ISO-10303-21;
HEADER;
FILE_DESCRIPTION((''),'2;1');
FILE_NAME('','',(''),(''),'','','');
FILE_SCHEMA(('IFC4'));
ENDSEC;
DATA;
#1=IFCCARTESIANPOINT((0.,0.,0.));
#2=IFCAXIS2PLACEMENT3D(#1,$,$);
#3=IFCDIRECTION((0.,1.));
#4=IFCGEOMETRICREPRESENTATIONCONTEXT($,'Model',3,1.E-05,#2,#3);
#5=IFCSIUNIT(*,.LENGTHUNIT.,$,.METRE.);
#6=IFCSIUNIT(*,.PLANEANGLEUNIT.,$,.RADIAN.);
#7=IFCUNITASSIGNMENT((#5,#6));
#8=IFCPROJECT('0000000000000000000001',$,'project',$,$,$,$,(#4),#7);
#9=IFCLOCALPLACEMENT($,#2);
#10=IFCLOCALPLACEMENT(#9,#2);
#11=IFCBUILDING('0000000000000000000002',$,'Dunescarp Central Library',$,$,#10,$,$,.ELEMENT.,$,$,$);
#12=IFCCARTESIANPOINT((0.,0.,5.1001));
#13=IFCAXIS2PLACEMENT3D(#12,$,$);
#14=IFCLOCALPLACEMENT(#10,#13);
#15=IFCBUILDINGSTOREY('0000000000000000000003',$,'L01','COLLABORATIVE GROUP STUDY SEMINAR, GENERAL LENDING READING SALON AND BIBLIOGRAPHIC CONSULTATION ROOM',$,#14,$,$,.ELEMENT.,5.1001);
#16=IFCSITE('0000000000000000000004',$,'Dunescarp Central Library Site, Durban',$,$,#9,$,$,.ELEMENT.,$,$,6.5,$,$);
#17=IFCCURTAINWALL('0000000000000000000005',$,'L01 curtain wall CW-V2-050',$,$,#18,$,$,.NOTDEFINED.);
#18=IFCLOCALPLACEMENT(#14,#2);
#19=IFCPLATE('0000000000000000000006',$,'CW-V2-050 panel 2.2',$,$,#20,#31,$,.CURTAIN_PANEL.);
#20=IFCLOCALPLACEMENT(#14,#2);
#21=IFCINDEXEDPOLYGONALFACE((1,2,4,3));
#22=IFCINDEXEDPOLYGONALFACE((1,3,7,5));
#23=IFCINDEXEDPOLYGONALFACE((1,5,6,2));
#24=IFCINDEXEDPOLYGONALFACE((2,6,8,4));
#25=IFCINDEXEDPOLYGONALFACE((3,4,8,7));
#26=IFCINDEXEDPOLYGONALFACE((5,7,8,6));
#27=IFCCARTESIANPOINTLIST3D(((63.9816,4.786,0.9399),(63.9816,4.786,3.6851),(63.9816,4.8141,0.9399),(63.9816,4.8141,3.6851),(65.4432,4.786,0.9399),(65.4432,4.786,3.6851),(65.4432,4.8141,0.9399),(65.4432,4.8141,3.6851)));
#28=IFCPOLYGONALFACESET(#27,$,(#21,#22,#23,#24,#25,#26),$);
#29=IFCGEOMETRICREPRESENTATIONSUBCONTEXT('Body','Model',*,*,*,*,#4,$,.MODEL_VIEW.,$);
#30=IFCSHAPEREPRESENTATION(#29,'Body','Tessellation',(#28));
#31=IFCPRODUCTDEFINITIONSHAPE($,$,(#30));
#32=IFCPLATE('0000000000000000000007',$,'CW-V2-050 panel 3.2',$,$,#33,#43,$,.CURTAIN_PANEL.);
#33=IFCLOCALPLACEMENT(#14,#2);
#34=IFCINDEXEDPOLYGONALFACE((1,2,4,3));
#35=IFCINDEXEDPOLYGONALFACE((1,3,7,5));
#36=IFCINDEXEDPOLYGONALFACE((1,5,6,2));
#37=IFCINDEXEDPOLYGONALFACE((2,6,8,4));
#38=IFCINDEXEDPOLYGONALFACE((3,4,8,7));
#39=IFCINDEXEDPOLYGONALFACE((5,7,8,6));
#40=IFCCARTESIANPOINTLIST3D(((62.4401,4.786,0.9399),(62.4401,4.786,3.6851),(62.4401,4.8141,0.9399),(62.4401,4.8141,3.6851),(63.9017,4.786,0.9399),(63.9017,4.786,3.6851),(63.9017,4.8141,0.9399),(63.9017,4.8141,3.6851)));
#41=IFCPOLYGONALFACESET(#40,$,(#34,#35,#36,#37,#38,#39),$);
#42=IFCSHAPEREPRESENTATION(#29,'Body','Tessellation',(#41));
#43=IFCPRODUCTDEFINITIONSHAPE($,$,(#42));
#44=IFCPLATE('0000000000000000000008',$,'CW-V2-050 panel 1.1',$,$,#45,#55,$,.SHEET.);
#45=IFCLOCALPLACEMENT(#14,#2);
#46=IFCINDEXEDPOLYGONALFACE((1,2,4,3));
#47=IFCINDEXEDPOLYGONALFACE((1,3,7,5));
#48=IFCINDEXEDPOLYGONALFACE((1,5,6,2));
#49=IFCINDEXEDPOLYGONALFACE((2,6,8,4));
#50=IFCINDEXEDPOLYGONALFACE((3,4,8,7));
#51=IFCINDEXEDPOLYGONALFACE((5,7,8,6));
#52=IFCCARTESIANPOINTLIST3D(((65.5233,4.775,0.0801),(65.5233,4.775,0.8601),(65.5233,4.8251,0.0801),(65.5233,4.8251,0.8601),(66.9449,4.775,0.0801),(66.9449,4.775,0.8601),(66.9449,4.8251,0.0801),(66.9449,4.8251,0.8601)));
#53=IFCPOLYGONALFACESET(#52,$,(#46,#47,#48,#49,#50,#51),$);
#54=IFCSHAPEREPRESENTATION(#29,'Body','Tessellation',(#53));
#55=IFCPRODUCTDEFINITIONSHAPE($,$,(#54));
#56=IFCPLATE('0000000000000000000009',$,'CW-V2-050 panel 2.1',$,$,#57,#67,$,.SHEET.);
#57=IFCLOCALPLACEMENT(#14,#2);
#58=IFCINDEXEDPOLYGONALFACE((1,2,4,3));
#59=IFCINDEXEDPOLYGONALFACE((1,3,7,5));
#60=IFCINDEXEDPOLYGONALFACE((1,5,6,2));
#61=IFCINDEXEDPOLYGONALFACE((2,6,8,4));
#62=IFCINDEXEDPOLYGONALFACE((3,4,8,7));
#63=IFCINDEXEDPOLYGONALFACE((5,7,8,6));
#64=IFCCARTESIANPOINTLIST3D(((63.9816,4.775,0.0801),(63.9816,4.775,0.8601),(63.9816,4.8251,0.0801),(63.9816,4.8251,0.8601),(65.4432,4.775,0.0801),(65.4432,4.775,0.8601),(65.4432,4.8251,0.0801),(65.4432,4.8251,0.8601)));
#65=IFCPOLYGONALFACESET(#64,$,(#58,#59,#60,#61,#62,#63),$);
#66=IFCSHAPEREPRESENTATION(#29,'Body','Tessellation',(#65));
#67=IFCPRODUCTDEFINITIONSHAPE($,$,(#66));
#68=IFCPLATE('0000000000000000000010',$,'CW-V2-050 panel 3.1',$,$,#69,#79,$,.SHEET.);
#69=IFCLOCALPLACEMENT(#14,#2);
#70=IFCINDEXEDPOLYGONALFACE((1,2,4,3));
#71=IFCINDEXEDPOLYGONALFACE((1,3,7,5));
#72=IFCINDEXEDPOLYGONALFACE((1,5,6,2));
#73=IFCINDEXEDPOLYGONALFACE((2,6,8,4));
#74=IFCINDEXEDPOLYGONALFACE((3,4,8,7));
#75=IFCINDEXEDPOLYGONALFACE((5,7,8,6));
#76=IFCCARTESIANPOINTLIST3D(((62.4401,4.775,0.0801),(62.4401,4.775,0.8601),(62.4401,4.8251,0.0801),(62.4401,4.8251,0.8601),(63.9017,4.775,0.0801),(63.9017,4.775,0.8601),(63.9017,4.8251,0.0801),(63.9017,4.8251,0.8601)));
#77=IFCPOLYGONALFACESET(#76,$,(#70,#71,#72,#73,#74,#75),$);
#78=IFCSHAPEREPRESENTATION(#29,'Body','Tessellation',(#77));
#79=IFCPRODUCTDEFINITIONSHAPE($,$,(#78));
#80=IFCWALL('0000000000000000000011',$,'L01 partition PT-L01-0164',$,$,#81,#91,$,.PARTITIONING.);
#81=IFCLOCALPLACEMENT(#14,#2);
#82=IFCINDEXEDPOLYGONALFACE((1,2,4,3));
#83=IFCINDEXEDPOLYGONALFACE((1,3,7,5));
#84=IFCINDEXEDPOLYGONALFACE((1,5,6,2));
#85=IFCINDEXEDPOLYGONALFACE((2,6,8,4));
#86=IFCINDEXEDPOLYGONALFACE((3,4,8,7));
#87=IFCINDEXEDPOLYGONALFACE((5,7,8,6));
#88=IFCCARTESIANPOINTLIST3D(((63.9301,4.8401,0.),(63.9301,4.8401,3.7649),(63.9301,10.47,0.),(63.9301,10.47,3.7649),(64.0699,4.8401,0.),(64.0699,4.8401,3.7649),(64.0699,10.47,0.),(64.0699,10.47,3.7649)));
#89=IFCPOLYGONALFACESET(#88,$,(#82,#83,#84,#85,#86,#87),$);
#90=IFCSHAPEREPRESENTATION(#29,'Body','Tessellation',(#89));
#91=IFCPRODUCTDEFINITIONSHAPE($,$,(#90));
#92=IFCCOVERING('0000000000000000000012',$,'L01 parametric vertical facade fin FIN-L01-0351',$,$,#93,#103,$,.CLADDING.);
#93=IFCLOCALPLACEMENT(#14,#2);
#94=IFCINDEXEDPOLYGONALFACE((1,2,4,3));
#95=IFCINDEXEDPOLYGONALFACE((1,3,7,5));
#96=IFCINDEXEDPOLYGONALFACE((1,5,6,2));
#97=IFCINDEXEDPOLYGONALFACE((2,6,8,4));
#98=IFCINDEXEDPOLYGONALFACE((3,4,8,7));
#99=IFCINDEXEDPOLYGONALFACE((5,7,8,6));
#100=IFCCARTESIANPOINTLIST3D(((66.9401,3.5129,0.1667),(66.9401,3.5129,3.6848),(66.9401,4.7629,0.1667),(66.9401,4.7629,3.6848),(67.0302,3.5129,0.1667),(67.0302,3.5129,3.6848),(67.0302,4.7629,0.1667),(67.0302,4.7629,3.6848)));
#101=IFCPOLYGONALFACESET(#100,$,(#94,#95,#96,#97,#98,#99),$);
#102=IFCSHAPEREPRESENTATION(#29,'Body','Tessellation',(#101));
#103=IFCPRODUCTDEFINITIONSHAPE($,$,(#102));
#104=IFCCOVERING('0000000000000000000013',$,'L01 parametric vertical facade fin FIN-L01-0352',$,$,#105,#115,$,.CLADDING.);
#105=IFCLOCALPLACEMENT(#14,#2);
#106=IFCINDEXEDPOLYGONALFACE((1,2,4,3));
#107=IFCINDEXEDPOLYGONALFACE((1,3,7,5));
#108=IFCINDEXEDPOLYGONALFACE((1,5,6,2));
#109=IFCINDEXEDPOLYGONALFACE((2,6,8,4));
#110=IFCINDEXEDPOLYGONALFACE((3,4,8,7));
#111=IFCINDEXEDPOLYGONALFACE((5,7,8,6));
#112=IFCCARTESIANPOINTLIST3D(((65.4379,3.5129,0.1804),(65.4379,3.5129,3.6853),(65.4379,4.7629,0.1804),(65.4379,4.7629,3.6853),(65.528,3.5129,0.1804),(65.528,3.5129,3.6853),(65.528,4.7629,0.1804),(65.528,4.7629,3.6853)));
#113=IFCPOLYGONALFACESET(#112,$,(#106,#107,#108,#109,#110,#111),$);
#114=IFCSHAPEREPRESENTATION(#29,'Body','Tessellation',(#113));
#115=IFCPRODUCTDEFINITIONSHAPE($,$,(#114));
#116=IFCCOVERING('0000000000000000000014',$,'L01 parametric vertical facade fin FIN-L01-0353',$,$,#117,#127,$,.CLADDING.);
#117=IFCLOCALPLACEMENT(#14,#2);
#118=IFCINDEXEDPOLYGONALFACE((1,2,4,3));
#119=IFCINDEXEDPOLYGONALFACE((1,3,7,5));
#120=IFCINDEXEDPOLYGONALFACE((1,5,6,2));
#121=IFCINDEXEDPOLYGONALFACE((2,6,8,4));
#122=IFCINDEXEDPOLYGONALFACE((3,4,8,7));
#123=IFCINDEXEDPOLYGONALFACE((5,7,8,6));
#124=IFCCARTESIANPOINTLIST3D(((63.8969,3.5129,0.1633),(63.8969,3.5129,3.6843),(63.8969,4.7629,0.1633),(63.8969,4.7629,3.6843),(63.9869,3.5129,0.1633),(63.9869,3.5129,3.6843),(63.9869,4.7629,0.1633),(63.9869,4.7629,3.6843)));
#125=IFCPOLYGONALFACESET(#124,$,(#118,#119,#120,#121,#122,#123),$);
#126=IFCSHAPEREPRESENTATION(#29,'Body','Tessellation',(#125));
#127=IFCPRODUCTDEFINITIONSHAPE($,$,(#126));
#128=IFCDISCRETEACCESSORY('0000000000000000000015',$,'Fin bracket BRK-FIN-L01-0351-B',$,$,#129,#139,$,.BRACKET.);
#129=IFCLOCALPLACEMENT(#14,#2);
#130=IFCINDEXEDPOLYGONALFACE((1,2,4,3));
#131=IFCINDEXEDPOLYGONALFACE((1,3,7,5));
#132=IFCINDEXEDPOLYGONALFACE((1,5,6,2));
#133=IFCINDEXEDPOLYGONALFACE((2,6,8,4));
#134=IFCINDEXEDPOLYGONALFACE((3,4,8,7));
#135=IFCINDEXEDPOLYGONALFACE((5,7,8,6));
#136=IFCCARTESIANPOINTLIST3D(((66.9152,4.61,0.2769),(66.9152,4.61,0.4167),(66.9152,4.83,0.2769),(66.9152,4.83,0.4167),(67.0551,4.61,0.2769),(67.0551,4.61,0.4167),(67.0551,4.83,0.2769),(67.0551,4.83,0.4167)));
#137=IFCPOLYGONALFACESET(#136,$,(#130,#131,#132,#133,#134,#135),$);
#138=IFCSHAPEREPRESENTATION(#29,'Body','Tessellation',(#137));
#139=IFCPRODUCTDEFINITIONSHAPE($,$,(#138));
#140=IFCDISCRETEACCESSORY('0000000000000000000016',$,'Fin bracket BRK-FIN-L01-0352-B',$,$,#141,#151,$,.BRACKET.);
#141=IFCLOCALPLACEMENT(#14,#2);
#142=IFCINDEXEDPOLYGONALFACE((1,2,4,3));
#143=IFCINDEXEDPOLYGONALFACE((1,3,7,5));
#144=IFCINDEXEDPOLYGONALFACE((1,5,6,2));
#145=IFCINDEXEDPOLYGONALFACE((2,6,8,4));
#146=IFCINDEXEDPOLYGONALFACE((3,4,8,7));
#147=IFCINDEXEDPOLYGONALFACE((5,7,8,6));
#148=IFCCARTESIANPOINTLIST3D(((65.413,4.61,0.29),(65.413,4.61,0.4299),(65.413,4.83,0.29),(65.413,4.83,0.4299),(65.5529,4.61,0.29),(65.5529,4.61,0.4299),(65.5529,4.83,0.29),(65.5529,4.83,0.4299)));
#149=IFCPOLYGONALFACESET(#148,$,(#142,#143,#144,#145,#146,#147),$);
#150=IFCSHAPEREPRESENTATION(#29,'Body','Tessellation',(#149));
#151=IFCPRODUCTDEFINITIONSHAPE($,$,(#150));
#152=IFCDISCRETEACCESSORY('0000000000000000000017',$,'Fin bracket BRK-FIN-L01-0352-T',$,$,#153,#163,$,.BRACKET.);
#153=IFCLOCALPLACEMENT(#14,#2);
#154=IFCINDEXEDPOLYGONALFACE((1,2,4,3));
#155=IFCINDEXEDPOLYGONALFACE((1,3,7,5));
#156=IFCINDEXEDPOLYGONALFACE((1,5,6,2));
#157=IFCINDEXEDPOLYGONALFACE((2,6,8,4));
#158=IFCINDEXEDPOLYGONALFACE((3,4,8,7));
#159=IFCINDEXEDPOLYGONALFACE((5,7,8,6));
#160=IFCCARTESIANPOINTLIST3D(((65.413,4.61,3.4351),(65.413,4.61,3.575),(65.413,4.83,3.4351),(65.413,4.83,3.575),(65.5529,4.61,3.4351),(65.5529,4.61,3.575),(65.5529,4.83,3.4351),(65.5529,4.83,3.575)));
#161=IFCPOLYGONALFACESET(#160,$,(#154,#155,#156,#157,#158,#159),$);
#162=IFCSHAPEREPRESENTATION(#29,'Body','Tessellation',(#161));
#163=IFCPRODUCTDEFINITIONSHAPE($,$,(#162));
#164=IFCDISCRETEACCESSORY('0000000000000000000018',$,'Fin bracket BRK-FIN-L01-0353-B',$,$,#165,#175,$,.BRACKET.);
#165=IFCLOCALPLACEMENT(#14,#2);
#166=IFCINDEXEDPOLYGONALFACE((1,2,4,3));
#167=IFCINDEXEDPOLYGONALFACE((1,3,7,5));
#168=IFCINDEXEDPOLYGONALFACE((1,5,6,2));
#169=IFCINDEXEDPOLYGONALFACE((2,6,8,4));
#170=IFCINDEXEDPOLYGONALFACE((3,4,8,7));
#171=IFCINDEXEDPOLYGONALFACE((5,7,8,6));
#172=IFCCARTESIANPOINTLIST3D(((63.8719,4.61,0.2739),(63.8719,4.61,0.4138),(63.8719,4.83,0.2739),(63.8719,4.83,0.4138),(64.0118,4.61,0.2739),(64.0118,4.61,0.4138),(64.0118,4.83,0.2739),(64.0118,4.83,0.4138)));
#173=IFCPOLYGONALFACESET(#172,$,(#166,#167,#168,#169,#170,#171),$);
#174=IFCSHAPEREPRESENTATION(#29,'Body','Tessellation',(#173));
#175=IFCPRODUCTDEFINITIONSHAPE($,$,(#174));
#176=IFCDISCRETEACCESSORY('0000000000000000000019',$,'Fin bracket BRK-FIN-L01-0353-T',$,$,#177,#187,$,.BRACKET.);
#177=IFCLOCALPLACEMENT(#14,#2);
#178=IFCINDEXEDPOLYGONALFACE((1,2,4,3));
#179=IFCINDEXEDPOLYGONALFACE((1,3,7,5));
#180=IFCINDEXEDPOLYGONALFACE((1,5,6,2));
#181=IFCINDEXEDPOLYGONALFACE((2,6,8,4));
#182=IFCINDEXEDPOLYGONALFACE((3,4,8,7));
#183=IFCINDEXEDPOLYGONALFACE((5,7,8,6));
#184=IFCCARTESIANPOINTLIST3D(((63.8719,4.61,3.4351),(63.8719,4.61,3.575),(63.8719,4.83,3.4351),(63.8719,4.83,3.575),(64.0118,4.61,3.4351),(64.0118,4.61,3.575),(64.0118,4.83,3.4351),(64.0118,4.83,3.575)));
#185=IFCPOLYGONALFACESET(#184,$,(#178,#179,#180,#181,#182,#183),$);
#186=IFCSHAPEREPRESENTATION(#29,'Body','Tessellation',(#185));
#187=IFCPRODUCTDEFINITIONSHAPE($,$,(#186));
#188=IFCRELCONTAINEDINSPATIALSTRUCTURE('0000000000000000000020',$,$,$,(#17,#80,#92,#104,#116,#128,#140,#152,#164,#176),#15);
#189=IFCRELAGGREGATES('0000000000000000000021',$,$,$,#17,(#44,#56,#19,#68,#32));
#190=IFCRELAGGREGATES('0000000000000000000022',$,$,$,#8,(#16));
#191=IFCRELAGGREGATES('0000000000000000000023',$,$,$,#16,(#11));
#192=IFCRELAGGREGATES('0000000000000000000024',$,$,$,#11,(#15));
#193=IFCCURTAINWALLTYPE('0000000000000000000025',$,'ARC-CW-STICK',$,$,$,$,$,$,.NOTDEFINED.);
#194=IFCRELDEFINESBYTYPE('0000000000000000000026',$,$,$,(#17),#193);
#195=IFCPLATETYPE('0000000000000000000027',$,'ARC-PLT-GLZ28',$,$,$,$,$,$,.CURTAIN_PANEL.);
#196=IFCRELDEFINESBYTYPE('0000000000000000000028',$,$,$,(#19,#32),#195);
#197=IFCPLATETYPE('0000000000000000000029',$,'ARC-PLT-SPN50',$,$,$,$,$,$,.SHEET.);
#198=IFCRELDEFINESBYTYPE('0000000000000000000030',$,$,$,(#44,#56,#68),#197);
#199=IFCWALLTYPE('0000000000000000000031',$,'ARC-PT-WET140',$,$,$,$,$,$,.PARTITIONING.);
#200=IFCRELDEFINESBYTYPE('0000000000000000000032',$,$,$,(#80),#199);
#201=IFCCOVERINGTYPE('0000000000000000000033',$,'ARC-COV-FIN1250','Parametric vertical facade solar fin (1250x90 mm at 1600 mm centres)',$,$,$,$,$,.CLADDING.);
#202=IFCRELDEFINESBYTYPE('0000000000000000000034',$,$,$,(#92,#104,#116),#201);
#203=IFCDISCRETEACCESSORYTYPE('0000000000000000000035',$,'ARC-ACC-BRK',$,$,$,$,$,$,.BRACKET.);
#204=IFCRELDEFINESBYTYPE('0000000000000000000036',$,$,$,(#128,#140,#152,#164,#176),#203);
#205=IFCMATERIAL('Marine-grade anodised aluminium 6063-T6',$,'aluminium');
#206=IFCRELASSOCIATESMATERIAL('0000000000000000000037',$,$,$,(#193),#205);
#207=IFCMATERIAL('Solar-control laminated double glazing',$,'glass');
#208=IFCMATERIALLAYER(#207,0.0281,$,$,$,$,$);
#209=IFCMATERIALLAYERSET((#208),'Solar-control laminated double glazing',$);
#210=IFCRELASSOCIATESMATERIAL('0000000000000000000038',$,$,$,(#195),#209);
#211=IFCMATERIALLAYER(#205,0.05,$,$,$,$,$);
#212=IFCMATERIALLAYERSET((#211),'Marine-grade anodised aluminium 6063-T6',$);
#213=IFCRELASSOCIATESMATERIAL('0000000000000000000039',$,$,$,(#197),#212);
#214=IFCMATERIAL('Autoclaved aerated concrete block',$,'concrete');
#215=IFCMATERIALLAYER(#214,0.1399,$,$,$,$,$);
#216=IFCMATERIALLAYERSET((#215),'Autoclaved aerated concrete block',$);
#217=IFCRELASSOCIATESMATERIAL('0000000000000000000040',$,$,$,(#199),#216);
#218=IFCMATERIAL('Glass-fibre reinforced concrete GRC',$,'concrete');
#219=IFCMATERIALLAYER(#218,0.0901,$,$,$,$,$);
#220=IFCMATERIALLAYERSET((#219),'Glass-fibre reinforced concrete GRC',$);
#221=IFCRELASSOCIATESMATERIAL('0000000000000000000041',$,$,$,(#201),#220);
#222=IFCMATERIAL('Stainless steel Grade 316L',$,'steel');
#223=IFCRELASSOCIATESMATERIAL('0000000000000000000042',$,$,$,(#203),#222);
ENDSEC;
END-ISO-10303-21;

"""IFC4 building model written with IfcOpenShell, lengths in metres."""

from ifc_helpers import new_model, si_unit, direction, frame, frame_2d, origin, origin_2d, place, context, subcontext, project, spatial, rectangle, extrude, material, layer, layer_set, type_object, element, aggregate, save


model = new_model("IFC4")

# Units and contexts
model_context = context("Model", 3, precision=1e-05, world=origin(), true_north=direction((0.0, 1.0)))
body_context = subcontext(model_context, "Body", "Model", "MODEL_VIEW")
ifc_project = project(units=[si_unit("LENGTHUNIT", "METRE"), si_unit("PLANEANGLEUNIT", "RADIAN")], contexts=[model_context])

# Site, building, storey
site_placement = place(None, origin())
site = spatial("IfcSite", under=ifc_project, at=site_placement, Name="Dunescarp Central Library Site, Durban", CompositionType="ELEMENT", RefElevation=6.5)
building_placement = place(site_placement, origin())
building = spatial("IfcBuilding", under=site, at=building_placement, Name="Dunescarp Central Library", CompositionType="ELEMENT")
storey_placement = place(building_placement, frame((0.0, 0.0, 5.1001)))
storey = spatial("IfcBuildingStorey", under=building, at=storey_placement, Name="L01", Description="COLLABORATIVE GROUP STUDY SEMINAR, GENERAL LENDING READING SALON AND BIBLIOGRAPHIC CONSULTATION ROOM", CompositionType="ELEMENT", Elevation=5.1001)

# Curtain wall
ifc_material_1 = material(Name="Marine-grade anodised aluminium 6063-T6", Category="aluminium")
curtain_wall_type = type_object("IfcCurtainWallType", Name="ARC-CW-STICK", PredefinedType="NOTDEFINED", material=ifc_material_1)
curtain_wall_placement = place(storey_placement, origin())
curtain_wall = element("IfcCurtainWall", 1, at=curtain_wall_placement, inside=storey, type_object=curtain_wall_type, Name="L01 curtain wall CW-V2-050", PredefinedType="NOTDEFINED")

# Plates
ifc_material_2 = material(Name="Solar-control laminated double glazing", Category="glass")
ifc_layer_1 = layer(ifc_material_2, 0.0281)
ifc_layer_set_1 = layer_set([ifc_layer_1], Name="Solar-control laminated double glazing")
plate_type_1 = type_object("IfcPlateType", Name="ARC-PLT-GLZ28", PredefinedType="CURTAIN_PANEL", material=ifc_layer_set_1)
plate_1_placement = place(storey_placement, frame((64.7124, 4.8, 0.9399), z_axis=(0.0, 0.0, 1.0), x_axis=(-1.0, 0.0, 0.0)))
plate_1 = element("IfcPlate", 2, at=plate_1_placement, type_object=plate_type_1, Name="CW-V2-050 panel 2.2", PredefinedType="CURTAIN_PANEL", context=body_context, shape_type="SweptSolid", body=[
    extrude(rectangle(XDim=1.4617, YDim=0.0281, at=origin_2d()), origin(), (0.0, 0.0, 1.0), 2.7451),
])
plate_2_placement = place(storey_placement, frame((63.1709, 4.8, 0.9399), z_axis=(0.0, 0.0, 1.0), x_axis=(-1.0, 0.0, 0.0)))
plate_2 = element("IfcPlate", 3, at=plate_2_placement, type_object=plate_type_1, Name="CW-V2-050 panel 3.2", PredefinedType="CURTAIN_PANEL", context=body_context, shape_type="SweptSolid", body=[
    extrude(rectangle(XDim=1.4617, YDim=0.0281, at=origin_2d()), origin(), (0.0, 0.0, 1.0), 2.7451),
])
ifc_layer_2 = layer(ifc_material_1, 0.05)
ifc_layer_set_2 = layer_set([ifc_layer_2], Name="Marine-grade anodised aluminium 6063-T6")
plate_type_2 = type_object("IfcPlateType", Name="ARC-PLT-SPN50", PredefinedType="SHEET", material=ifc_layer_set_2)
plate_3_placement = place(storey_placement, frame((66.2341, 4.8, 0.0801), z_axis=(0.0, 0.0, 1.0), x_axis=(-1.0, 0.0, 0.0)))
plate_3 = element("IfcPlate", 4, at=plate_3_placement, type_object=plate_type_2, Name="CW-V2-050 panel 1.1", PredefinedType="SHEET", context=body_context, shape_type="SweptSolid", body=[
    extrude(rectangle(XDim=1.4216, YDim=0.05, at=origin_2d()), origin(), (0.0, 0.0, 1.0), 0.78),
])
plate_4_placement = place(storey_placement, frame((64.7124, 4.8, 0.0801), z_axis=(0.0, 0.0, 1.0), x_axis=(-1.0, 0.0, 0.0)))
plate_4 = element("IfcPlate", 5, at=plate_4_placement, type_object=plate_type_2, Name="CW-V2-050 panel 2.1", PredefinedType="SHEET", context=body_context, shape_type="SweptSolid", body=[
    extrude(rectangle(XDim=1.4617, YDim=0.05, at=origin_2d()), origin(), (0.0, 0.0, 1.0), 0.78),
])
plate_5_placement = place(storey_placement, frame((63.1709, 4.8, 0.0801), z_axis=(0.0, 0.0, 1.0), x_axis=(-1.0, 0.0, 0.0)))
plate_5 = element("IfcPlate", 6, at=plate_5_placement, type_object=plate_type_2, Name="CW-V2-050 panel 3.1", PredefinedType="SHEET", context=body_context, shape_type="SweptSolid", body=[
    extrude(rectangle(XDim=1.4617, YDim=0.05, at=origin_2d()), origin(), (0.0, 0.0, 1.0), 0.78),
])
aggregate(curtain_wall, [plate_3, plate_4, plate_1, plate_5, plate_2])

# Wall
ifc_material_3 = material(Name="Autoclaved aerated concrete block", Category="concrete")
ifc_layer_3 = layer(ifc_material_3, 0.1399)
ifc_layer_set_3 = layer_set([ifc_layer_3], Name="Autoclaved aerated concrete block")
wall_type = type_object("IfcWallType", Name="ARC-PT-WET140", PredefinedType="PARTITIONING", material=ifc_layer_set_3)
wall_placement = place(storey_placement, frame((64.0, 4.8401, 0.0), z_axis=(0.0, 0.0, 1.0), x_axis=(0.0, 1.0, 0.0)))
element("IfcWall", 7, at=wall_placement, inside=storey, type_object=wall_type, Name="L01 partition PT-L01-0164", PredefinedType="PARTITIONING", context=body_context, shape_type="SweptSolid", body=[
    extrude(rectangle(XDim=5.6299, YDim=0.1399, at=frame_2d((2.8149, 0.0))), origin(), (0.0, 0.0, 1.0), 3.7649),
])

# Coverings
ifc_material_4 = material(Name="Glass-fibre reinforced concrete GRC", Category="concrete")
ifc_layer_4 = layer(ifc_material_4, 0.0901)
ifc_layer_set_4 = layer_set([ifc_layer_4], Name="Glass-fibre reinforced concrete GRC")
covering_type = type_object("IfcCoveringType", Name="ARC-COV-FIN1250", Description="Parametric vertical facade solar fin (1250x90 mm at 1600 mm centres)", PredefinedType="CLADDING", material=ifc_layer_set_4)
covering_1_placement = place(storey_placement, frame((66.9851, 4.1379, 0.1667), z_axis=(0.0, 0.0, 1.0), x_axis=(0.0, -1.0, 0.0)))
element("IfcCovering", 8, at=covering_1_placement, inside=storey, type_object=covering_type, Name="L01 parametric vertical facade fin FIN-L01-0351", PredefinedType="CLADDING", context=body_context, shape_type="SweptSolid", body=[
    extrude(rectangle(XDim=1.25, YDim=0.0901, at=origin_2d()), origin(), (0.0, 0.0, 1.0), 3.5181),
])
covering_2_placement = place(storey_placement, frame((65.4829, 4.1379, 0.1804), z_axis=(0.0, 0.0, 1.0), x_axis=(0.0, -1.0, 0.0)))
element("IfcCovering", 9, at=covering_2_placement, inside=storey, type_object=covering_type, Name="L01 parametric vertical facade fin FIN-L01-0352", PredefinedType="CLADDING", context=body_context, shape_type="SweptSolid", body=[
    extrude(rectangle(XDim=1.25, YDim=0.0901, at=origin_2d()), origin(), (0.0, 0.0, 1.0), 3.5049),
])
covering_3_placement = place(storey_placement, frame((63.9419, 4.1379, 0.1633), z_axis=(0.0, 0.0, 1.0), x_axis=(0.0, -1.0, 0.0)))
element("IfcCovering", 10, at=covering_3_placement, inside=storey, type_object=covering_type, Name="L01 parametric vertical facade fin FIN-L01-0353", PredefinedType="CLADDING", context=body_context, shape_type="SweptSolid", body=[
    extrude(rectangle(XDim=1.25, YDim=0.0901, at=origin_2d()), origin(), (0.0, 0.0, 1.0), 3.521),
])

# Discrete accessories
ifc_material_5 = material(Name="Stainless steel Grade 316L", Category="steel")
discrete_accessory_type = type_object("IfcDiscreteAccessoryType", Name="ARC-ACC-BRK", PredefinedType="BRACKET", material=ifc_material_5)
for number, where, z_axis, x_axis, name in (
    (11, (66.9851, 4.72, 0.2769), (0.0, 0.0, 1.0), (0.0, -1.0, 0.0), "Fin bracket BRK-FIN-L01-0351-B"),
    (12, (65.4829, 4.72, 0.29), (0.0, 0.0, 1.0), (0.0, -1.0, 0.0), "Fin bracket BRK-FIN-L01-0352-B"),
    (13, (65.4829, 4.72, 3.4351), (0.0, 0.0, 1.0), (0.0, -1.0, 0.0), "Fin bracket BRK-FIN-L01-0352-T"),
    (14, (63.9419, 4.72, 0.2739), (0.0, 0.0, 1.0), (0.0, -1.0, 0.0), "Fin bracket BRK-FIN-L01-0353-B"),
    (15, (63.9419, 4.72, 3.4351), (0.0, 0.0, 1.0), (0.0, -1.0, 0.0), "Fin bracket BRK-FIN-L01-0353-T"),
):
    element("IfcDiscreteAccessory", number, at=place(storey_placement, frame(where, z_axis=z_axis, x_axis=x_axis)), inside=storey, type_object=discrete_accessory_type, Name=name, PredefinedType="BRACKET", context=body_context, shape_type="SweptSolid", body=[
        extrude(rectangle(XDim=0.22, YDim=0.1399, at=origin_2d()), origin(), (0.0, 0.0, 1.0), 0.1399),
    ])

save(model, "model.ifc")
